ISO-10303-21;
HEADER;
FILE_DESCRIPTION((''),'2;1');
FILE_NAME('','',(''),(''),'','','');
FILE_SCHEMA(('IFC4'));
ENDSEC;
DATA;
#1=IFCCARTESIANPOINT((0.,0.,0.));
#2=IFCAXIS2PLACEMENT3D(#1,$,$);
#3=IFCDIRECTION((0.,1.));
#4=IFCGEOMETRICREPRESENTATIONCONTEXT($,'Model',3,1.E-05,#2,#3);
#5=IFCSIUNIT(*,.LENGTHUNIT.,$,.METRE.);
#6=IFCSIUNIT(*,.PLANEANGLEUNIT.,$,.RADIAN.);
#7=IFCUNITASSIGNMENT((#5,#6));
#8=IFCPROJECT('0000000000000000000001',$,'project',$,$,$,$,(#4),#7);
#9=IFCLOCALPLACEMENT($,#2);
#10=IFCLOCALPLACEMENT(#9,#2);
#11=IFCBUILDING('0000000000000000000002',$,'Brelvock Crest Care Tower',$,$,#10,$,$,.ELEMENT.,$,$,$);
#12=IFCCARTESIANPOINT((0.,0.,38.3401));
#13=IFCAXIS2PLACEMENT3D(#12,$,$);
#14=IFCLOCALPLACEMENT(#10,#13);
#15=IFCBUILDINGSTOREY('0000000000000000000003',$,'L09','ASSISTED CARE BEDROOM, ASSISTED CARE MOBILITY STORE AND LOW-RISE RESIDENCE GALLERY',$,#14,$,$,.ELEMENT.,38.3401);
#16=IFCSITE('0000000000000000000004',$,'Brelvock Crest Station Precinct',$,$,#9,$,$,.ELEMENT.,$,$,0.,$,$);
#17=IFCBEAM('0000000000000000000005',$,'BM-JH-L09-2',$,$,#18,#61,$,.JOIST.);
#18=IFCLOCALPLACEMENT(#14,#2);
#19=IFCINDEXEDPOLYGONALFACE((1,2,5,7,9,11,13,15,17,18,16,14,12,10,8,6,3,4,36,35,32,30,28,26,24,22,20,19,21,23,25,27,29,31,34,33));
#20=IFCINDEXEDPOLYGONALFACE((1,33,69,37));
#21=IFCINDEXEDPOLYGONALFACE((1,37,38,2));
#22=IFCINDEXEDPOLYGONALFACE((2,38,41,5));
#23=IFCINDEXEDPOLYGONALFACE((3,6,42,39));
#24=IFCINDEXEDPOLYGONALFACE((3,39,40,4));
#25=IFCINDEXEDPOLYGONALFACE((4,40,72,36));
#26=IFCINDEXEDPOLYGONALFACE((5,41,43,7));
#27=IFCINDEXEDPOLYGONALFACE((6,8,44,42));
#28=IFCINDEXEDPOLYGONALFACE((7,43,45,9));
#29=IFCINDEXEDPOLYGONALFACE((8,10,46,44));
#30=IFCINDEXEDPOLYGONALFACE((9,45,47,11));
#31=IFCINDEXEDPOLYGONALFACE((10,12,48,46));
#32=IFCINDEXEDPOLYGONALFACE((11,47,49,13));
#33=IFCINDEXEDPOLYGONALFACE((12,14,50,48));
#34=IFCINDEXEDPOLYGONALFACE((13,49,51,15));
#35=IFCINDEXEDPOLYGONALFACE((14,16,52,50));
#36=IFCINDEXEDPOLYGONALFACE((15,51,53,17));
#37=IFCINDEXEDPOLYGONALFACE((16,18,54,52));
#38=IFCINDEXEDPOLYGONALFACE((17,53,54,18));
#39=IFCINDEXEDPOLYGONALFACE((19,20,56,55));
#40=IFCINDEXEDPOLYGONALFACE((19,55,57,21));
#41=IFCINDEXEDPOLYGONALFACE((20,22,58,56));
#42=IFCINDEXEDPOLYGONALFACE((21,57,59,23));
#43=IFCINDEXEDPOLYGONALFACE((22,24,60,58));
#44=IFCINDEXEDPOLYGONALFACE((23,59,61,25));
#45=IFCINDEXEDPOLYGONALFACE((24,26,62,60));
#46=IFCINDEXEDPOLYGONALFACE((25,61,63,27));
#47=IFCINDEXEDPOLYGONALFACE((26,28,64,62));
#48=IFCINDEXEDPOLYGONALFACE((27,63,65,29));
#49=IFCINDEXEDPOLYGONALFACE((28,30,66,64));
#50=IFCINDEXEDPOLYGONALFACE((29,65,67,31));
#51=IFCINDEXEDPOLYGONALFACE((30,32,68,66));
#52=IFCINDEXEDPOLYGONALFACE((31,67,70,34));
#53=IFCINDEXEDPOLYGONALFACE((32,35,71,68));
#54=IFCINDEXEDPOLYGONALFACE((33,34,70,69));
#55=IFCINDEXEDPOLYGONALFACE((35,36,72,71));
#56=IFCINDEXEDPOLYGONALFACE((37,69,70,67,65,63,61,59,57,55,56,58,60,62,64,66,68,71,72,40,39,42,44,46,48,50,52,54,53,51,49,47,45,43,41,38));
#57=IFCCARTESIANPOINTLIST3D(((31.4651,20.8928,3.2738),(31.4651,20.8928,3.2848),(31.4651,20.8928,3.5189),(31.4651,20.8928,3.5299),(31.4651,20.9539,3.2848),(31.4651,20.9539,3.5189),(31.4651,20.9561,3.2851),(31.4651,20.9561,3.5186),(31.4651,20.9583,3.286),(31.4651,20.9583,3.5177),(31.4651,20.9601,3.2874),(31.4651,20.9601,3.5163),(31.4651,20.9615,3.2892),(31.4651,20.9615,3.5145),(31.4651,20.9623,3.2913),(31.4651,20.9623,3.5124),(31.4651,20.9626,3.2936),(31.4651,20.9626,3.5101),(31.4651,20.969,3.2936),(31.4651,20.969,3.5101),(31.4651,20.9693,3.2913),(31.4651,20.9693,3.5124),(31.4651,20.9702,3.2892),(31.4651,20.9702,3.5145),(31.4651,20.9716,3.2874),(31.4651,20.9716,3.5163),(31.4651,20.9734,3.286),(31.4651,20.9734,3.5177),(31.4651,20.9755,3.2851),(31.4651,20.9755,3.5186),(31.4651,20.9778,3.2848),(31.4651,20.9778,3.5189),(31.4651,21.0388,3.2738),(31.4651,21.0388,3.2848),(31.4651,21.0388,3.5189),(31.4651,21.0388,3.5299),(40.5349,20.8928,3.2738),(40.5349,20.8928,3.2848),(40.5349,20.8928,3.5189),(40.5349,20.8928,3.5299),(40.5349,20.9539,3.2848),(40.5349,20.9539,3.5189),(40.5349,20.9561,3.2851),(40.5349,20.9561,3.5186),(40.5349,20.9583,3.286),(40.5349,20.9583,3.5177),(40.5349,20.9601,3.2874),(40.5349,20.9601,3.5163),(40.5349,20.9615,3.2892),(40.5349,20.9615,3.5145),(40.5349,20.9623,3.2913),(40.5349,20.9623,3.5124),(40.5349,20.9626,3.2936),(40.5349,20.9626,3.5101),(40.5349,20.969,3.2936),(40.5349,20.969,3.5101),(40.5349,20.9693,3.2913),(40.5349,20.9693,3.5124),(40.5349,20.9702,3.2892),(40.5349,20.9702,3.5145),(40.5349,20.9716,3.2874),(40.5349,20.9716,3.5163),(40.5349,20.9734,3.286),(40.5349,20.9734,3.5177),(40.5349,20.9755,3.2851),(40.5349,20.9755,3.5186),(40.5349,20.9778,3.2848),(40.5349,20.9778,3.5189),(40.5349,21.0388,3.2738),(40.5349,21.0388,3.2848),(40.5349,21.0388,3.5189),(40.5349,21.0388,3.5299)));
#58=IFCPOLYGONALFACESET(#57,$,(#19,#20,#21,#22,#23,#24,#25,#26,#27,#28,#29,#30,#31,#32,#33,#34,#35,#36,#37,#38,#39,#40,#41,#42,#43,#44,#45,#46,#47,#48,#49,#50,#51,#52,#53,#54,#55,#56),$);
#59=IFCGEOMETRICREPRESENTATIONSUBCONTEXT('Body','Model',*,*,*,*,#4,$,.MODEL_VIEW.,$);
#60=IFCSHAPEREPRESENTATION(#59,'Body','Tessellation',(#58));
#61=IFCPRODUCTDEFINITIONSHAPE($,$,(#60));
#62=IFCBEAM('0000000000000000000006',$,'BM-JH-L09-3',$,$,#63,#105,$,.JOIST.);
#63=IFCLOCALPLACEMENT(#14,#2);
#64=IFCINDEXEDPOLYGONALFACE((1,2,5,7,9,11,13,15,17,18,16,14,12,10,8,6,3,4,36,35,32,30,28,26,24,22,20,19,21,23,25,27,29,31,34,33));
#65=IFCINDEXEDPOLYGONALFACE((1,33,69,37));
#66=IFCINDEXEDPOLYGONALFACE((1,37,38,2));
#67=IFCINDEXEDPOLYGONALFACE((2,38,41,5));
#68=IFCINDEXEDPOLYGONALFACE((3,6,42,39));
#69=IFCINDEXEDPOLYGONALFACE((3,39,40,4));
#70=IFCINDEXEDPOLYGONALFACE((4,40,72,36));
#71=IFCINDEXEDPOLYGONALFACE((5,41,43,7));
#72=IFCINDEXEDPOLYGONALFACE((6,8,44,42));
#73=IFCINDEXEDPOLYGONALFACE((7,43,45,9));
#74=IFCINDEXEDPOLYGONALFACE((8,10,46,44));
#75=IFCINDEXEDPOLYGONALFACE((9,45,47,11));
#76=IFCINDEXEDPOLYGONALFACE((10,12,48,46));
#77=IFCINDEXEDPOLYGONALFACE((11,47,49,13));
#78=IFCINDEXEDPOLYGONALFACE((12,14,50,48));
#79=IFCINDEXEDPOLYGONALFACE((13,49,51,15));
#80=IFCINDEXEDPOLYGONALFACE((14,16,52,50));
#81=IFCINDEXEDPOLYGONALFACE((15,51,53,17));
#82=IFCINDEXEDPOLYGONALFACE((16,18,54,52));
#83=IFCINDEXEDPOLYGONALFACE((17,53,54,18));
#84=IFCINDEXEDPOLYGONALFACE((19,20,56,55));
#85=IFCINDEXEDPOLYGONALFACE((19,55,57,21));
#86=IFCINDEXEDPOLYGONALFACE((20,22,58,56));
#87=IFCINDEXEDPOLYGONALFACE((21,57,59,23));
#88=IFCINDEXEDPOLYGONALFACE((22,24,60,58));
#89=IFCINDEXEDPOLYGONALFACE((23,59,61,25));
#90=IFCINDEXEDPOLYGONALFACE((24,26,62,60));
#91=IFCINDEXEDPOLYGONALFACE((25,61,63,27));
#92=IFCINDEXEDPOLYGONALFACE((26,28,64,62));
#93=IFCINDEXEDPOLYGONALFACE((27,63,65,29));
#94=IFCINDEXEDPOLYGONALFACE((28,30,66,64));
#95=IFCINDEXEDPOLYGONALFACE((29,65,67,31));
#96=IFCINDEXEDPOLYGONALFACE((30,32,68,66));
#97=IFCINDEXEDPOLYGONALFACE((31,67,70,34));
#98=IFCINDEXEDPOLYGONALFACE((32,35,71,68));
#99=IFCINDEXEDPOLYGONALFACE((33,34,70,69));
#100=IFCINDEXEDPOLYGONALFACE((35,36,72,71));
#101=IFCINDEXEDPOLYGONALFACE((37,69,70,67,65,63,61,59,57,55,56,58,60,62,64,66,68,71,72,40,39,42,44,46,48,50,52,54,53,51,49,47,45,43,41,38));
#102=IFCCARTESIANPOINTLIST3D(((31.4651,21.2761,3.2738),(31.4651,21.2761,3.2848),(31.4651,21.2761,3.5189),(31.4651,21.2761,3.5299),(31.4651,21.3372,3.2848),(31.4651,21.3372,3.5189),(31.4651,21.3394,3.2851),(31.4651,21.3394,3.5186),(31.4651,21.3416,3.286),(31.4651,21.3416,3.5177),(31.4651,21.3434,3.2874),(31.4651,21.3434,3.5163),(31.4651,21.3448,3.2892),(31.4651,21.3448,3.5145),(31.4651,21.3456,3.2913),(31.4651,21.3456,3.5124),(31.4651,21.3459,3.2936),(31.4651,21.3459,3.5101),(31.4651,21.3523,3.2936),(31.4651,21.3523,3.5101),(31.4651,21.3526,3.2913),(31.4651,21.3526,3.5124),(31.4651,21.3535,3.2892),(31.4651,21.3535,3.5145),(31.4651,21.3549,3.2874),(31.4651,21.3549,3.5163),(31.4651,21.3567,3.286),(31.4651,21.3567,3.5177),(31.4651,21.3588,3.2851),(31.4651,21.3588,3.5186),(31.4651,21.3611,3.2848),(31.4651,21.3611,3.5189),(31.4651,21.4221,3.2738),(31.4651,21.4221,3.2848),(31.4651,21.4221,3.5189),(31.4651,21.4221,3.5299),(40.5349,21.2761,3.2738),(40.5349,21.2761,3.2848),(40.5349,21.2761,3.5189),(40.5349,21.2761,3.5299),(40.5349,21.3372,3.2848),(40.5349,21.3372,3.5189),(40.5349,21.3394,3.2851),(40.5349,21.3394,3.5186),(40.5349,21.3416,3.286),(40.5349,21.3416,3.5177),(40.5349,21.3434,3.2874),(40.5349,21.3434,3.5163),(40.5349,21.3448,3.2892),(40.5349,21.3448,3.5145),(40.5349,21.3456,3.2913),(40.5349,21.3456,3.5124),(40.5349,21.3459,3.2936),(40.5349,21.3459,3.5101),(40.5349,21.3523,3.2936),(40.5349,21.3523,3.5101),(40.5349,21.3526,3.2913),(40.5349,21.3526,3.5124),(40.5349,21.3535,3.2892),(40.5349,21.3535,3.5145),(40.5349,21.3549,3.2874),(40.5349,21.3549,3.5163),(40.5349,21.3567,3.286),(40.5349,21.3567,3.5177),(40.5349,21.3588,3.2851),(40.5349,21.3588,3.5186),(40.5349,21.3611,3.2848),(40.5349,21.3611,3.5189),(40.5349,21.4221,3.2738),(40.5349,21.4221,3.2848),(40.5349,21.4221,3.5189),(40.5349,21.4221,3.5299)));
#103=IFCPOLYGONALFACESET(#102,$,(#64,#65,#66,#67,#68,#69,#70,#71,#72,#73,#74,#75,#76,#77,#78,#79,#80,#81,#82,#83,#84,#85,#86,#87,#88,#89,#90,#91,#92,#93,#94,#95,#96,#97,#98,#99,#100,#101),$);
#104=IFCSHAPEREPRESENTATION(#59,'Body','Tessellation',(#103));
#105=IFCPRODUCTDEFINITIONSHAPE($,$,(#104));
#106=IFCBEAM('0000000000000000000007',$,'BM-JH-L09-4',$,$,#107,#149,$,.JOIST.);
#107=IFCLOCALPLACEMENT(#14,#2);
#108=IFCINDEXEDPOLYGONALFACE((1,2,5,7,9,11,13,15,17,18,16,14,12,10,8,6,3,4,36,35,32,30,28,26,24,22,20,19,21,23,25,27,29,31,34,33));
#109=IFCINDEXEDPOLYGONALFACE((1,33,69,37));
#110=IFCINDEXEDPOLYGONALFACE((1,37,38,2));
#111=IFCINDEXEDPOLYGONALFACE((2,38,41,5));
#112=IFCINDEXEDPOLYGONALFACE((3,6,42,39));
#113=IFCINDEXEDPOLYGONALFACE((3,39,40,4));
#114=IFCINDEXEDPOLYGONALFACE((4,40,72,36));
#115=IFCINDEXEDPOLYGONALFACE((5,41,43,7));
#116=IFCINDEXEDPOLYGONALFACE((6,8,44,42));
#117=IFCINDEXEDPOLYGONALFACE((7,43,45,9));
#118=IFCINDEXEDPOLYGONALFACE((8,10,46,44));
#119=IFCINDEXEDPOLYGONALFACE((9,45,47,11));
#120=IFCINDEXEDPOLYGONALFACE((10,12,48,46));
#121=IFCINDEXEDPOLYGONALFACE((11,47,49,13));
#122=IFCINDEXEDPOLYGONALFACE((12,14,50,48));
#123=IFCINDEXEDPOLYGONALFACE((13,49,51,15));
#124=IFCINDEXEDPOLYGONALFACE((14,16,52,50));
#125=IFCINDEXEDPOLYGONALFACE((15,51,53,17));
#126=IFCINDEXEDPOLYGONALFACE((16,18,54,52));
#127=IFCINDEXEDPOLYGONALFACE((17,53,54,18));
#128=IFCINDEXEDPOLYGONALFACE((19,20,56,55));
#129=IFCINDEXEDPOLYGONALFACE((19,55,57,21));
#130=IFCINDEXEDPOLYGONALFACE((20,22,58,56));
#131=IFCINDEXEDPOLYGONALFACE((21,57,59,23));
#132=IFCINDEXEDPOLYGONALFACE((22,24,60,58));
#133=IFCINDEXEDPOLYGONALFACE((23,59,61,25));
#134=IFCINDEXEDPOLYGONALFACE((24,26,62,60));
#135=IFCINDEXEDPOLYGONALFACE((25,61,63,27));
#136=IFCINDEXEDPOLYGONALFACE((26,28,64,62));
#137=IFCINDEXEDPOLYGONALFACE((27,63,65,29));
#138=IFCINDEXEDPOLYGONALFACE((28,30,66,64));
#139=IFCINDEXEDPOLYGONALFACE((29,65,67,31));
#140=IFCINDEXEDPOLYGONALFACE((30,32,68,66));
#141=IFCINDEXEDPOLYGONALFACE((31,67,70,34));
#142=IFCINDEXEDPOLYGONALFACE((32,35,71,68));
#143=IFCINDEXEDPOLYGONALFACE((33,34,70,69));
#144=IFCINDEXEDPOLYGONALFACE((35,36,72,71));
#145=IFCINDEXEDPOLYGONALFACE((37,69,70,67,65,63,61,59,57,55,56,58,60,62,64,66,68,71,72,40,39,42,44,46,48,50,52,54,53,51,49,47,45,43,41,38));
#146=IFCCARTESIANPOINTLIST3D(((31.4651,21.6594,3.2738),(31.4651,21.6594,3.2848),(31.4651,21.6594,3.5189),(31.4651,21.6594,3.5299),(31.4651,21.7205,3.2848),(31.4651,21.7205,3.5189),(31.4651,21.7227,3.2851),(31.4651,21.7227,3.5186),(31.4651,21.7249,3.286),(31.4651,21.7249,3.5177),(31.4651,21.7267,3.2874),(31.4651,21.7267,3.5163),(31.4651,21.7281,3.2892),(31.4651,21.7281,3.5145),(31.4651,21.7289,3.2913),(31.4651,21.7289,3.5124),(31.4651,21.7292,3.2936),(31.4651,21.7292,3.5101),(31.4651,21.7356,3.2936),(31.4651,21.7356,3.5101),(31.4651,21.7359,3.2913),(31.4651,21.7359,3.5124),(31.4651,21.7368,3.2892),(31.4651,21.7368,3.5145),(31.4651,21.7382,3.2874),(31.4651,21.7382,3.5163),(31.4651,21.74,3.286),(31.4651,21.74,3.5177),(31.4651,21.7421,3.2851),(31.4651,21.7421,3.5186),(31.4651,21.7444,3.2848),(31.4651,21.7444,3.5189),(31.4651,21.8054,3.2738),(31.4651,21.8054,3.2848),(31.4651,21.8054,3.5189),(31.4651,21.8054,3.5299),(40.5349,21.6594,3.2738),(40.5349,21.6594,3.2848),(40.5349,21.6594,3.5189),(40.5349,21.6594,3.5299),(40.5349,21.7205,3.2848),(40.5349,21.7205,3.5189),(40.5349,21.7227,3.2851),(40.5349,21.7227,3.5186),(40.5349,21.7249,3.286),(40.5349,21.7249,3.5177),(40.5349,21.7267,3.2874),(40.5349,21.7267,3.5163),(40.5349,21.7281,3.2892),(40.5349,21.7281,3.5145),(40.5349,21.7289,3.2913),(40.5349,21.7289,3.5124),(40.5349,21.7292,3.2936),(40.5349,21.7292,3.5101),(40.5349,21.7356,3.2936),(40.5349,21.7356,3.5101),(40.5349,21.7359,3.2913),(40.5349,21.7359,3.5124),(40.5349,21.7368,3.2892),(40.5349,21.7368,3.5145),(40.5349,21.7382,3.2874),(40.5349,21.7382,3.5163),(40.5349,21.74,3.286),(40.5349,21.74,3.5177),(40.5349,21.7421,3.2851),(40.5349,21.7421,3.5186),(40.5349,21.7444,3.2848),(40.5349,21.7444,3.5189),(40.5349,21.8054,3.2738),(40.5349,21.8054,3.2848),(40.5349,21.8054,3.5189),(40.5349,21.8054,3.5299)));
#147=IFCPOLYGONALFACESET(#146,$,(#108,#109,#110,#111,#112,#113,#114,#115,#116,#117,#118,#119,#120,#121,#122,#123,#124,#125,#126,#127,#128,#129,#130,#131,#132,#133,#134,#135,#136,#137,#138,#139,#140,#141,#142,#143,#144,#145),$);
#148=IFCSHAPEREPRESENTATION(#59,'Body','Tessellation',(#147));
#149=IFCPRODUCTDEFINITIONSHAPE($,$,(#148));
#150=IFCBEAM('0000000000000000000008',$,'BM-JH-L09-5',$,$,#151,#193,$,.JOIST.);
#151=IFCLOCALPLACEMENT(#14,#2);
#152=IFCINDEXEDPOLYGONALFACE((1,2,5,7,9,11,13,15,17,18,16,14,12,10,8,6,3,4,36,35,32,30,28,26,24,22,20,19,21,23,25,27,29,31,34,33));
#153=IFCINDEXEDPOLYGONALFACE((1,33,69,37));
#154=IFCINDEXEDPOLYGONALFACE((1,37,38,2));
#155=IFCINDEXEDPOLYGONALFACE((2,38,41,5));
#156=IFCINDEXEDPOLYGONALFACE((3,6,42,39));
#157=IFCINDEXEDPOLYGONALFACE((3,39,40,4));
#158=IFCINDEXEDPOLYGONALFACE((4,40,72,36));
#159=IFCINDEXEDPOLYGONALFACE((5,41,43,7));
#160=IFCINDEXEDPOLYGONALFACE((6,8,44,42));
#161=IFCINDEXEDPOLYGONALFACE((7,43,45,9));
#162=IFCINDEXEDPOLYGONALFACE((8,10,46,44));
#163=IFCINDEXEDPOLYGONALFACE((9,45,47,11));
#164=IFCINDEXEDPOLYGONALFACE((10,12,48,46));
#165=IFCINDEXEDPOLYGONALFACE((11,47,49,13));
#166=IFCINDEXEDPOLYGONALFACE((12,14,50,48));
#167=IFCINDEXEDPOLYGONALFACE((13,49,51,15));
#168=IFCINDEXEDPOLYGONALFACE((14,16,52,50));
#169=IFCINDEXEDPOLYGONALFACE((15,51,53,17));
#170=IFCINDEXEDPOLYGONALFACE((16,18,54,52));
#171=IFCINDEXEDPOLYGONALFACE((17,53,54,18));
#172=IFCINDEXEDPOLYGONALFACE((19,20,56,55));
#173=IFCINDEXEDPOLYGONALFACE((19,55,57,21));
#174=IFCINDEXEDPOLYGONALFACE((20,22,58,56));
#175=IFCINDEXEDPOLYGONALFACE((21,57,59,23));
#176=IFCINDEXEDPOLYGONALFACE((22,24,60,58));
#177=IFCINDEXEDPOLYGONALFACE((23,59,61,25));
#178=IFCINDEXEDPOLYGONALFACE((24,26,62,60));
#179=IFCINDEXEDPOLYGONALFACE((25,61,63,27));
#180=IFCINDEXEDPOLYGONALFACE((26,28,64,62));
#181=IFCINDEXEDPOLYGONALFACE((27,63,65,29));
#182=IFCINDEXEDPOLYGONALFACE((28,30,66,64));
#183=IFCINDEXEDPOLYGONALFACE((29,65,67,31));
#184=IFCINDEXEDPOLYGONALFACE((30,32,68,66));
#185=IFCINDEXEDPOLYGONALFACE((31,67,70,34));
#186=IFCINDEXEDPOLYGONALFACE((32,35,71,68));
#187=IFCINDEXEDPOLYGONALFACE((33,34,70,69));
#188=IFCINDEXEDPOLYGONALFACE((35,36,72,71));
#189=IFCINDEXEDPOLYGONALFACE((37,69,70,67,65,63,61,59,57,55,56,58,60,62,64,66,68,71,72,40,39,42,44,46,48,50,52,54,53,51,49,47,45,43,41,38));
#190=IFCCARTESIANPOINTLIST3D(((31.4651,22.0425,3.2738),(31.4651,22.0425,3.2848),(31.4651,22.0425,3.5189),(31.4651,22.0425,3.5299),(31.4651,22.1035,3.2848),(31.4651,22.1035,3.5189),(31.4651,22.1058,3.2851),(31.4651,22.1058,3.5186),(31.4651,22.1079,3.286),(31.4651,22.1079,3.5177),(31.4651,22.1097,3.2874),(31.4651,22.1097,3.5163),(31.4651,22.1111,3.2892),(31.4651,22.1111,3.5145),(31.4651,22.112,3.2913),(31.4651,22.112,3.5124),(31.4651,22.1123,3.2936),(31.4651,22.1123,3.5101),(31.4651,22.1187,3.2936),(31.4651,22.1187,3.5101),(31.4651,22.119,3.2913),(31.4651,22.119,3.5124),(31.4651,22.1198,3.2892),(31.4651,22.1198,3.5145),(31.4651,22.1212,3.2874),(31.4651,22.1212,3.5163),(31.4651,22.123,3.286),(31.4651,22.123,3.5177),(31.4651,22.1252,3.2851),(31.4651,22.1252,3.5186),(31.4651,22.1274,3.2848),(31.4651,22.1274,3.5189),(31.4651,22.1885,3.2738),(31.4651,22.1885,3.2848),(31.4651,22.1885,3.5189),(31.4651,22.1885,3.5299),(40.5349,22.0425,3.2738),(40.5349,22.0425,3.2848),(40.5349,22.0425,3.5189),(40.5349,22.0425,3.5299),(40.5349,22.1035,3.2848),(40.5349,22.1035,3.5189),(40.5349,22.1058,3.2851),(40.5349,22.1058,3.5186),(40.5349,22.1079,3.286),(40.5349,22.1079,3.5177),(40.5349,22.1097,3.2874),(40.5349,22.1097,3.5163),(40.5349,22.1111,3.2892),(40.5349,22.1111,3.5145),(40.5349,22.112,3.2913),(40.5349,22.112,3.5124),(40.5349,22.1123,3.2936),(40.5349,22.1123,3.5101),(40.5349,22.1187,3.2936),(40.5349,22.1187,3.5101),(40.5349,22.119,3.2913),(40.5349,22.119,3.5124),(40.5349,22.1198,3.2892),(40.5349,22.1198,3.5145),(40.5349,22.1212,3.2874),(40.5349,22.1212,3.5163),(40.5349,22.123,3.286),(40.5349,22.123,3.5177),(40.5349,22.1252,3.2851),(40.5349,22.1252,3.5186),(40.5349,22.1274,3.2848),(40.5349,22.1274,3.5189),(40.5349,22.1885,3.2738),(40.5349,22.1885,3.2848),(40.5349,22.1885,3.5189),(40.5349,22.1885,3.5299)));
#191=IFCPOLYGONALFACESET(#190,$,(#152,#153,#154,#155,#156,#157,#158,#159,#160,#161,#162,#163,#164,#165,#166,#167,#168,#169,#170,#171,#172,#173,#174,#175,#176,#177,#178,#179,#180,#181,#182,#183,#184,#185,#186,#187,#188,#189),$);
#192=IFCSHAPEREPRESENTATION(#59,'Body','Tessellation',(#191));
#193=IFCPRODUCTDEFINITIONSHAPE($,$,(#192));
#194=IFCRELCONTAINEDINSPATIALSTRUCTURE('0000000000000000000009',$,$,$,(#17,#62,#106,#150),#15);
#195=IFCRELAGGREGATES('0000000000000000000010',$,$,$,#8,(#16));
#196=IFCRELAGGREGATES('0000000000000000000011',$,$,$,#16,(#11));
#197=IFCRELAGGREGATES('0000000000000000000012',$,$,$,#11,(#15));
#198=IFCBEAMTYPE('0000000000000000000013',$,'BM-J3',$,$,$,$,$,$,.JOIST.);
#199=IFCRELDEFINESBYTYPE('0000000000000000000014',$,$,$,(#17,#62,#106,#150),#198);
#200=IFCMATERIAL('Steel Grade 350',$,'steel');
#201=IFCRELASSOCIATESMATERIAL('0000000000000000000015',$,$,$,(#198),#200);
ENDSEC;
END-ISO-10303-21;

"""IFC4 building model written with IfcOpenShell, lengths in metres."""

from ifc_helpers import new_model, si_unit, direction, frame, origin, origin_2d, place, context, subcontext, project, spatial, i_section, extrude, source, transform, mapped, material, material_profile, profile_set, type_object, element, save


model = new_model("IFC4")

# Units and contexts
model_context = context("Model", 3, precision=1e-05, world=origin(), true_north=direction((0.0, 1.0)))
body_context = subcontext(model_context, "Body", "Model", "MODEL_VIEW")
ifc_project = project(units=[si_unit("LENGTHUNIT", "METRE"), si_unit("PLANEANGLEUNIT", "RADIAN")], contexts=[model_context])

# Site, building, storey
site_placement = place(None, origin())
site = spatial("IfcSite", under=ifc_project, at=site_placement, Name="Brelvock Crest Station Precinct", CompositionType="ELEMENT", RefElevation=0.0)
building_placement = place(site_placement, origin())
building = spatial("IfcBuilding", under=site, at=building_placement, Name="Brelvock Crest Care Tower", CompositionType="ELEMENT")
storey_placement = place(building_placement, frame((0.0, 0.0, 38.3401)))
storey = spatial("IfcBuildingStorey", under=building, at=storey_placement, Name="L09", Description="ASSISTED CARE BEDROOM, ASSISTED CARE MOBILITY STORE AND LOW-RISE RESIDENCE GALLERY", CompositionType="ELEMENT", Elevation=38.3401)

# Shared definitions
ifc_material_1 = material(Name="Steel Grade 350", Category="steel")

# Beams
ifc_material_profile_1 = material_profile(ifc_material_1, i_section(OverallWidth=0.146, OverallDepth=0.2561, WebThickness=0.0063, FlangeThickness=0.011, FilletRadius=0.0088, at=origin_2d()), Name="250UB37.3")
ifc_profile_set_1 = profile_set([ifc_material_profile_1], Name="Steel Grade 350")
beam_type_1 = type_object("IfcBeamType", Name="BM-J3", PredefinedType="JOIST", material=ifc_profile_set_1)
shared_shape_1 = source(origin(), body_context, "Body", "SweptSolid", [
    extrude(i_section(OverallWidth=0.146, OverallDepth=0.2561, WebThickness=0.0063, FlangeThickness=0.011, FilletRadius=0.0088, at=origin_2d()), origin(), (0.0, 0.0, 1.0), 9.0698),
])
for number, where, z_axis, x_axis, name in (
    (1, (31.4651, 20.9658, 3.4019), (1.0, 0.0, 0.0), (0.0, 1.0, 0.0), "BM-JH-L09-2"),
    (2, (31.4651, 21.3491, 3.4019), (1.0, 0.0, 0.0), (0.0, 1.0, 0.0), "BM-JH-L09-3"),
    (3, (31.4651, 21.7324, 3.4019), (1.0, 0.0, 0.0), (0.0, 1.0, 0.0), "BM-JH-L09-4"),
    (4, (31.4651, 22.1155, 3.4019), (1.0, 0.0, 0.0), (0.0, 1.0, 0.0), "BM-JH-L09-5"),
):
    element("IfcBeam", number, at=place(storey_placement, frame(where, z_axis=z_axis, x_axis=x_axis)), inside=storey, type_object=beam_type_1, Name=name, PredefinedType="JOIST", context=body_context, shape_type="MappedRepresentation", body=[
        mapped(shared_shape_1, transform((0.0, 0.0, 0.0), x_axis=(1.0, 0.0, 0.0), y_axis=(0.0, 1.0, 0.0), z_axis=(0.0, 0.0, 1.0), scale=1.0)),
    ])

save(model, "model.ifc")
